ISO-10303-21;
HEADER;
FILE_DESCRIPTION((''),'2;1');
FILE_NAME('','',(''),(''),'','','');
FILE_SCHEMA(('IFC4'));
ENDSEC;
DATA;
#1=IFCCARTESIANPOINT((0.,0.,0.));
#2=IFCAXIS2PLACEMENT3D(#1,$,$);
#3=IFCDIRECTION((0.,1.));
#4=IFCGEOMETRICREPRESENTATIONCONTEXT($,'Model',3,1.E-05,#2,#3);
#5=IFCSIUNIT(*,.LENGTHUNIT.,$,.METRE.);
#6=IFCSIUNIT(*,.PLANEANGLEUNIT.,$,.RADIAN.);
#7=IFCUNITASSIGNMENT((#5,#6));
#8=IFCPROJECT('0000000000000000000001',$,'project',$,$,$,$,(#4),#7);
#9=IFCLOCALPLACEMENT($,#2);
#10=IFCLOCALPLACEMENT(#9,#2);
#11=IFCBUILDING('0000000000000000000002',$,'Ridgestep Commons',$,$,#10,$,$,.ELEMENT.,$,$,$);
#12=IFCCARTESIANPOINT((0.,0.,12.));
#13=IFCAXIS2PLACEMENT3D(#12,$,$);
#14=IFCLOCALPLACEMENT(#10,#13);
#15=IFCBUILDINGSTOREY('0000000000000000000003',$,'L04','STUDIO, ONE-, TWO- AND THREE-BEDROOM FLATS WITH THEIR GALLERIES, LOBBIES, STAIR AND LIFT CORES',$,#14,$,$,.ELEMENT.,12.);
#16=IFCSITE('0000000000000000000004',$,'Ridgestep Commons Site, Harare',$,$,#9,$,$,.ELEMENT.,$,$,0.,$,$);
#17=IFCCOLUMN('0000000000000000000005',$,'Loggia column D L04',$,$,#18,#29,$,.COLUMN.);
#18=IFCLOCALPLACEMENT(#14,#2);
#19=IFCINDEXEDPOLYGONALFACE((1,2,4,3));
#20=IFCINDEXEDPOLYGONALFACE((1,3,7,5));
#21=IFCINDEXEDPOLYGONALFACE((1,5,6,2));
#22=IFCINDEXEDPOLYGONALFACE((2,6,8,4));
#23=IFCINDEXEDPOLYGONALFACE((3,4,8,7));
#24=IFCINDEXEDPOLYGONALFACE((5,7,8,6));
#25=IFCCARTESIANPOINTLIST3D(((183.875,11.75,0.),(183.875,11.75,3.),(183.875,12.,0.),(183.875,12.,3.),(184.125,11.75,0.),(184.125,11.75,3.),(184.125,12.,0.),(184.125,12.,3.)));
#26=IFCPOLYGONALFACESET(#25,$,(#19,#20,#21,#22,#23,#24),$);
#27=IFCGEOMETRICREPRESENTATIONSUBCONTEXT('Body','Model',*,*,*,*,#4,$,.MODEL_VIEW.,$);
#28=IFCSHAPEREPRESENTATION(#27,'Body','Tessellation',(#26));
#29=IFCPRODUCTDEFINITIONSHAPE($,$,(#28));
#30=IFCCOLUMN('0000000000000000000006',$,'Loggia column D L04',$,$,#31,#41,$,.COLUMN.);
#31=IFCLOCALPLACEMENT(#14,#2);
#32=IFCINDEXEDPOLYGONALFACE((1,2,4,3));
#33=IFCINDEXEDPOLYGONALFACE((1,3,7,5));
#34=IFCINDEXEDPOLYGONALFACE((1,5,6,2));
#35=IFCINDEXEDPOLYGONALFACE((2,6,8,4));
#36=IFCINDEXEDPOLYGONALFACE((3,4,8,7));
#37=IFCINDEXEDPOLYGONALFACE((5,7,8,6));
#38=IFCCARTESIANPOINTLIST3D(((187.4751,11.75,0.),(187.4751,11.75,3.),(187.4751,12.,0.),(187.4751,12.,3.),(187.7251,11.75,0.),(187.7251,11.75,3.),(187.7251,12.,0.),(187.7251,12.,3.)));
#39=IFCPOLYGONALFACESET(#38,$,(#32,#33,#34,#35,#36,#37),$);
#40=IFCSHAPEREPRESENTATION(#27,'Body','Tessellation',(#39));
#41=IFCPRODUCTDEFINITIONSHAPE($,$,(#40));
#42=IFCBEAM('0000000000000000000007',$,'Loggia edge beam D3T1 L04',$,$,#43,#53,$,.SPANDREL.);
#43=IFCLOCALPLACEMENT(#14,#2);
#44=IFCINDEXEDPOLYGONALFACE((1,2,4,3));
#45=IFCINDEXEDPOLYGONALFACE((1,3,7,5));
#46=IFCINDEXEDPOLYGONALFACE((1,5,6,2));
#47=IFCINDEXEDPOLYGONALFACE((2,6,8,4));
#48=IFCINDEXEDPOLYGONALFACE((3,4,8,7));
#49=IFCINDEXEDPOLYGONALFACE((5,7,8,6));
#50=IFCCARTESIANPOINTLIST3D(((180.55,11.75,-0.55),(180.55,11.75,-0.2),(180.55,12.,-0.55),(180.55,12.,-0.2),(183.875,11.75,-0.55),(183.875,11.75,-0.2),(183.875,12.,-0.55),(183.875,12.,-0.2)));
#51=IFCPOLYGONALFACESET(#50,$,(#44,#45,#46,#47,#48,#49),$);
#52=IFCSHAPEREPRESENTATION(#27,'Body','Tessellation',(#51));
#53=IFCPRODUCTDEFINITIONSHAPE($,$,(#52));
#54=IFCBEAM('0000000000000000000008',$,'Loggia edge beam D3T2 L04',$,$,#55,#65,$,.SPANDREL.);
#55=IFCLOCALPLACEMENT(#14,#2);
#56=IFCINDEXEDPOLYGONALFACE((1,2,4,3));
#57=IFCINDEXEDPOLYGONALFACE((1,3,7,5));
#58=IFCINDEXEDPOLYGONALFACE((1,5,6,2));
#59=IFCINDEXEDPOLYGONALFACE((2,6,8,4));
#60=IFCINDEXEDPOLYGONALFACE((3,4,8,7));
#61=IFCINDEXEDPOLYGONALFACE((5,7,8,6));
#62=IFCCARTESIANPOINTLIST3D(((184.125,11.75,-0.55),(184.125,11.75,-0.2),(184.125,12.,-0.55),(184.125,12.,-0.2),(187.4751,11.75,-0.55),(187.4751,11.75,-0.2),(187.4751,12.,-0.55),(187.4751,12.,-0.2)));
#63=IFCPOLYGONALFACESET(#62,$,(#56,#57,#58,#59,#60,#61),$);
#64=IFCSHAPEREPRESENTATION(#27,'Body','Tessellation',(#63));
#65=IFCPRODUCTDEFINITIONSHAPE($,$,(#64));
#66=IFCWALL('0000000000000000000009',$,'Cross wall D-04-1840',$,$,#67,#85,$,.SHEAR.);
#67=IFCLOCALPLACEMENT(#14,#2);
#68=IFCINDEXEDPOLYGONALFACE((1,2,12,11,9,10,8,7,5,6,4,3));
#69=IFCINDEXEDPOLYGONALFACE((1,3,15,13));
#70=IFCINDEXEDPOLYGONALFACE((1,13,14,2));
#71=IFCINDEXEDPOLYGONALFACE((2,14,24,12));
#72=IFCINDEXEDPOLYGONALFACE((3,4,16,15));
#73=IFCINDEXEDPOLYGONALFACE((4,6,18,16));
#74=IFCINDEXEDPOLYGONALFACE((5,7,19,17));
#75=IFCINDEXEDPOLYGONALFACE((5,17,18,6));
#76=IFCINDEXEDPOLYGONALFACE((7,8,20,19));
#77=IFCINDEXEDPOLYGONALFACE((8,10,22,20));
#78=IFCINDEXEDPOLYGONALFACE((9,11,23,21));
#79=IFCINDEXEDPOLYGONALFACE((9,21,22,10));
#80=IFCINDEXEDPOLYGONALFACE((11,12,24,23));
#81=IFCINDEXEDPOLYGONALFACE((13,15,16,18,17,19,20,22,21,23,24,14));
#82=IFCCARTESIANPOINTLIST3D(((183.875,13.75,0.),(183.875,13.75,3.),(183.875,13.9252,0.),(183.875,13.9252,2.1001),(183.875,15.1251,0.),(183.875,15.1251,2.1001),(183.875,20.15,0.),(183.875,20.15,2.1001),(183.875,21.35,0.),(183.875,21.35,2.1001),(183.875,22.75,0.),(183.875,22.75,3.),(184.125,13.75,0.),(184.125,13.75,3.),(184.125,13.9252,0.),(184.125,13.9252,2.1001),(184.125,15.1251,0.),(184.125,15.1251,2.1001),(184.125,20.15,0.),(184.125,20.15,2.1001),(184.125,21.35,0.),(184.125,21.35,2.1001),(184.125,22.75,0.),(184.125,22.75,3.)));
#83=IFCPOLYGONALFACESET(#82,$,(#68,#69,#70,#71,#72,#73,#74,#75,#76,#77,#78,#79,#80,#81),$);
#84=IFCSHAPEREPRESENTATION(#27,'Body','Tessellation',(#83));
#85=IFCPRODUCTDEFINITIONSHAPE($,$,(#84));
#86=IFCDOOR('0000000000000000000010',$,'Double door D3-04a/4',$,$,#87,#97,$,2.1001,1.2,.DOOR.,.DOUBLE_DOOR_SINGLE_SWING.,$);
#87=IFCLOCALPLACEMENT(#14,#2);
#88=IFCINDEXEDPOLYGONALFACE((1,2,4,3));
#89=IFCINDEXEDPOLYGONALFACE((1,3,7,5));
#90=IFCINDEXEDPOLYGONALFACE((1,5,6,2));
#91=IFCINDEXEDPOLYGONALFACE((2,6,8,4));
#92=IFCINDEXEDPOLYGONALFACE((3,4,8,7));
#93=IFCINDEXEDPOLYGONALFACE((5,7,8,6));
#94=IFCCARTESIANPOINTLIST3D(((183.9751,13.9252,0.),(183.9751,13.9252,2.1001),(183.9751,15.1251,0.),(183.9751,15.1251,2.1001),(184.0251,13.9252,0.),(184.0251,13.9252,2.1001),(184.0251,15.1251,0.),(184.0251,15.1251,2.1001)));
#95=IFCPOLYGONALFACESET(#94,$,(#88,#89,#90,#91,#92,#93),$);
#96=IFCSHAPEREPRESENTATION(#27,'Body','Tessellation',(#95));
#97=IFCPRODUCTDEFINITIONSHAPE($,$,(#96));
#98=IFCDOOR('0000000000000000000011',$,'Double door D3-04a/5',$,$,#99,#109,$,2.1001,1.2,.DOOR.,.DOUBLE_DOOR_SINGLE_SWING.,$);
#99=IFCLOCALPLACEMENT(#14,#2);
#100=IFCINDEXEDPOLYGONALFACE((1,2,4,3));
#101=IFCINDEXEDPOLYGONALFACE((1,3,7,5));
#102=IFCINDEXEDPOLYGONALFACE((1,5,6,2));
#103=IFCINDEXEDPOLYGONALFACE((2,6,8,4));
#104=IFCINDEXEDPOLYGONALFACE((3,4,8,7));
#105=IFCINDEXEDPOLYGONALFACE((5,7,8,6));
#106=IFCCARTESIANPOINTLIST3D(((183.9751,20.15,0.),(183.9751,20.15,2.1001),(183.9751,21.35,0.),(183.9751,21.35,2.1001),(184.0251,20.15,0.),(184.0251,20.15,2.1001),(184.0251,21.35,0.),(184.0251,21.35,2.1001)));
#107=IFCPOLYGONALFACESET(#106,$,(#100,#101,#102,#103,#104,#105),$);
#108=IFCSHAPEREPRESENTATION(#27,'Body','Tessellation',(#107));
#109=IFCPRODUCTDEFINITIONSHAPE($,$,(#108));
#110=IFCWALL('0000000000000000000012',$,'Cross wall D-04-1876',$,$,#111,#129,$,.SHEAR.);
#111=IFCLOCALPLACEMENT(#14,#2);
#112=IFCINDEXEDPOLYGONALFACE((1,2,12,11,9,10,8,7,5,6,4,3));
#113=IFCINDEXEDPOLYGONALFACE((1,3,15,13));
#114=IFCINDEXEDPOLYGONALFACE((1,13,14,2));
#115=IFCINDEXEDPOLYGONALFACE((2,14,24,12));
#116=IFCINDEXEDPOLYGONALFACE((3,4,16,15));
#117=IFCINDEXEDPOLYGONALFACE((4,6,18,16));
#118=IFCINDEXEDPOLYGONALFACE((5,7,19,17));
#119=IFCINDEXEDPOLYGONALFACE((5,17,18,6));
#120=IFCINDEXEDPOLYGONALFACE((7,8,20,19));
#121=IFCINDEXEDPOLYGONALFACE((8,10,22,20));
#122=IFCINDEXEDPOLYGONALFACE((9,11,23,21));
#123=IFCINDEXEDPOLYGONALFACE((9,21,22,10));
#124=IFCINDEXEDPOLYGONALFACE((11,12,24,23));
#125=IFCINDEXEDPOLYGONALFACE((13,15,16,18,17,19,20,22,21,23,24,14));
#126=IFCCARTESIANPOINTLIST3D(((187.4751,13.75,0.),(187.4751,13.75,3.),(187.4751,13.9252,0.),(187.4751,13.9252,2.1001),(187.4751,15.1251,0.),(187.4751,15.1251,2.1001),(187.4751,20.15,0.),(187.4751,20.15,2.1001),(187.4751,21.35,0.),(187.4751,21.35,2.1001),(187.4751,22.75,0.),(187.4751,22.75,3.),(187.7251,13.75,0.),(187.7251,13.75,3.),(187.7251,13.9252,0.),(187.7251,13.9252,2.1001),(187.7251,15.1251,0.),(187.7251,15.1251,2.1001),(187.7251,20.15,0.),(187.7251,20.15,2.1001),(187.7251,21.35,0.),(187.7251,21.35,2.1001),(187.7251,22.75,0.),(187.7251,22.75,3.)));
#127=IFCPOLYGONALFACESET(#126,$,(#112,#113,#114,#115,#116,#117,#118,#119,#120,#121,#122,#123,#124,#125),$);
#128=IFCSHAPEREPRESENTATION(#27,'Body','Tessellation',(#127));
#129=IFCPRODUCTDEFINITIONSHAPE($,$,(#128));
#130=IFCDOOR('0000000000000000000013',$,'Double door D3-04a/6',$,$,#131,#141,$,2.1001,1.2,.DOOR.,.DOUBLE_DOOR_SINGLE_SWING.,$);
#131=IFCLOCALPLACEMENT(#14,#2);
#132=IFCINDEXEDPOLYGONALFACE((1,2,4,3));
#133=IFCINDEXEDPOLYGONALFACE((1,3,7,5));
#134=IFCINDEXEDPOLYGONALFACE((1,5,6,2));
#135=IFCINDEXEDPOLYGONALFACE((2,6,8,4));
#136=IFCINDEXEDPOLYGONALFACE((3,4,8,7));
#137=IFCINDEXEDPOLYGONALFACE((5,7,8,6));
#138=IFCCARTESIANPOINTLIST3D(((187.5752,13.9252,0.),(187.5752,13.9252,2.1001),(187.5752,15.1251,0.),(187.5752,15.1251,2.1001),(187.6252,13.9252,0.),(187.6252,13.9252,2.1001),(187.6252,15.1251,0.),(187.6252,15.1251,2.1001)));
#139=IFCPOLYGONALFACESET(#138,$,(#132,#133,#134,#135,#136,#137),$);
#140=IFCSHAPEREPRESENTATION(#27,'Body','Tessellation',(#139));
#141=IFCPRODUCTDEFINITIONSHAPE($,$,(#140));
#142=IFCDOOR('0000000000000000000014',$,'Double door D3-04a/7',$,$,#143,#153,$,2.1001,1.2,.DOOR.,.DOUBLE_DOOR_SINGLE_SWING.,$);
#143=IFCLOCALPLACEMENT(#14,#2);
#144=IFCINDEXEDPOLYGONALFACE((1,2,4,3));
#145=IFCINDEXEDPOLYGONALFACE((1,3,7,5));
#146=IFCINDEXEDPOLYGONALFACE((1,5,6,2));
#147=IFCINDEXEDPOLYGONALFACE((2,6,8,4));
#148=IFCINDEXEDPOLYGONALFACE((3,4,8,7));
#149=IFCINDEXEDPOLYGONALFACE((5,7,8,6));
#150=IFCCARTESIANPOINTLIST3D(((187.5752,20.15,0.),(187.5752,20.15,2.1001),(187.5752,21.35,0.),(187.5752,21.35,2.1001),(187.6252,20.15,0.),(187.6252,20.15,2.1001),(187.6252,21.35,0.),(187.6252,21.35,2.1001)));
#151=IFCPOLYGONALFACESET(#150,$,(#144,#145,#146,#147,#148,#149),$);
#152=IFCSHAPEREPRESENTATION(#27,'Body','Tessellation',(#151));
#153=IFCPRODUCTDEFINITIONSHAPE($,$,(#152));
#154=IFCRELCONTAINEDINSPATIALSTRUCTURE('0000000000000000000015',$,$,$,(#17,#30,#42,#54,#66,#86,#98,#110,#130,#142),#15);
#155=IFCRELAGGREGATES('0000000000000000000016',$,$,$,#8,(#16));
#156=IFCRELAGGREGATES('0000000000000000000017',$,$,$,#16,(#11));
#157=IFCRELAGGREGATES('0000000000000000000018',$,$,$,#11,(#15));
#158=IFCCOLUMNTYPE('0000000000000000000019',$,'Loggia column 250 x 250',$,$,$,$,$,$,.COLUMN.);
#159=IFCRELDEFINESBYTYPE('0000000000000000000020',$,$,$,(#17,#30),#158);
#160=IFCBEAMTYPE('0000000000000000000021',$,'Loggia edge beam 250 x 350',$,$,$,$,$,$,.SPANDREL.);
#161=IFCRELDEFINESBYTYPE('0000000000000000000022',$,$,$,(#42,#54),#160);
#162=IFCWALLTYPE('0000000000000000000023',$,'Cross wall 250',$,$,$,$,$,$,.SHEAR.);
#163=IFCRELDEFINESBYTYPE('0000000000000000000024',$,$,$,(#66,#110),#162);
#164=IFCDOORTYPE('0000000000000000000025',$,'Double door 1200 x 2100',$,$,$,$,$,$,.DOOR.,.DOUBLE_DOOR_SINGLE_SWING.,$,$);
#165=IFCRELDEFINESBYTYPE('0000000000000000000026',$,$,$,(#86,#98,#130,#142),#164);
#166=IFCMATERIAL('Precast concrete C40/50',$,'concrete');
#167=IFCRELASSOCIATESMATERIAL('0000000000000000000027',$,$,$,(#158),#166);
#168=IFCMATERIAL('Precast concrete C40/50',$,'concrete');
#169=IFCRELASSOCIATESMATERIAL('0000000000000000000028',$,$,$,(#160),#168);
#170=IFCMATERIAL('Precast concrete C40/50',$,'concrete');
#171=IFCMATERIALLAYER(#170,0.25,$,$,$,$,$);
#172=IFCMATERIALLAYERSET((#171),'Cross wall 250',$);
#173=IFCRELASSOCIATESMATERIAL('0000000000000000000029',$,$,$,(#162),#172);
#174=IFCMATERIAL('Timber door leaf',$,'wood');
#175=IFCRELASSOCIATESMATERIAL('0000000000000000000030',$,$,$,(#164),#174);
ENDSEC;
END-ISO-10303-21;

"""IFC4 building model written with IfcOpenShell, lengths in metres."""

from ifc_helpers import new_model, si_unit, direction, frame, frame_2d, origin, origin_2d, place, context, subcontext, project, spatial, rectangle, extrude, material, layer, layer_set, material_profile, profile_set, type_object, element, fill, save


model = new_model("IFC4")

# Units and contexts
model_context = context("Model", 3, precision=1e-05, world=origin(), true_north=direction((0.0, 1.0)))
body_context = subcontext(model_context, "Body", "Model", "MODEL_VIEW")
ifc_project = project(units=[si_unit("LENGTHUNIT", "METRE"), si_unit("PLANEANGLEUNIT", "RADIAN")], contexts=[model_context])

# Site, building, storey
site_placement = place(None, origin())
site = spatial("IfcSite", under=ifc_project, at=site_placement, Name="Ridgestep Commons Site, Harare", CompositionType="ELEMENT", RefElevation=0.0)
building_placement = place(site_placement, origin())
building = spatial("IfcBuilding", under=site, at=building_placement, Name="Ridgestep Commons", CompositionType="ELEMENT")
storey_placement = place(building_placement, frame((0.0, 0.0, 12.0)))
storey = spatial("IfcBuildingStorey", under=building, at=storey_placement, Name="L04", Description="STUDIO, ONE-, TWO- AND THREE-BEDROOM FLATS WITH THEIR GALLERIES, LOBBIES, STAIR AND LIFT CORES", CompositionType="ELEMENT", Elevation=12.0)

# Columns
ifc_material_1 = material(Name="Precast concrete C40/50", Category="concrete")
ifc_material_profile_1 = material_profile(ifc_material_1, rectangle(XDim=0.25, YDim=0.25, at=origin_2d()), Name="PC 250x250")
ifc_profile_set_1 = profile_set([ifc_material_profile_1], Name="Precast concrete C40/50")
column_type = type_object("IfcColumnType", Name="Loggia column 250 x 250", PredefinedType="COLUMN", material=ifc_profile_set_1)
for number, where, z_axis, x_axis, name in (
    (1, (184.0, 11.875, 0.0), (0.0, 0.0, 1.0), (1.0, 0.0, 0.0), "Loggia column D L04"),
    (2, (187.6001, 11.875, 0.0), (0.0, 0.0, 1.0), (1.0, 0.0, 0.0), "Loggia column D L04"),
):
    element("IfcColumn", number, at=place(storey_placement, frame(where, z_axis=z_axis, x_axis=x_axis)), inside=storey, type_object=column_type, Name=name, PredefinedType="COLUMN", context=body_context, shape_type="SweptSolid", body=[
        extrude(rectangle(XDim=0.25, YDim=0.25, at=origin_2d()), origin(), (0.0, 0.0, 1.0), 3.0),
    ])

# Beams
ifc_material_2 = material(Name="Precast concrete C40/50", Category="concrete")
ifc_material_profile_2 = material_profile(ifc_material_2, rectangle(XDim=0.25, YDim=0.3501, at=origin_2d()), Name="PC 250x350")
ifc_profile_set_2 = profile_set([ifc_material_profile_2], Name="Precast concrete C40/50")
beam_type = type_object("IfcBeamType", Name="Loggia edge beam 250 x 350", PredefinedType="SPANDREL", material=ifc_profile_set_2)
beam_1_placement = place(storey_placement, frame((180.55, 11.875, -0.375), z_axis=(1.0, 0.0, 0.0), x_axis=(0.0, 1.0, 0.0)))
element("IfcBeam", 3, at=beam_1_placement, inside=storey, type_object=beam_type, Name="Loggia edge beam D3T1 L04", PredefinedType="SPANDREL", context=body_context, shape_type="SweptSolid", body=[
    extrude(rectangle(XDim=0.25, YDim=0.3501, at=origin_2d()), origin(), (0.0, 0.0, 1.0), 3.325),
])
beam_2_placement = place(storey_placement, frame((184.125, 11.875, -0.375), z_axis=(1.0, 0.0, 0.0), x_axis=(0.0, 1.0, 0.0)))
element("IfcBeam", 4, at=beam_2_placement, inside=storey, type_object=beam_type, Name="Loggia edge beam D3T2 L04", PredefinedType="SPANDREL", context=body_context, shape_type="SweptSolid", body=[
    extrude(rectangle(XDim=0.25, YDim=0.3501, at=origin_2d()), origin(), (0.0, 0.0, 1.0), 3.3501),
])

# Walls, openings, doors
ifc_material_3 = material(Name="Precast concrete C40/50", Category="concrete")
ifc_layer_1 = layer(ifc_material_3, 0.25)
ifc_layer_set_1 = layer_set([ifc_layer_1], Name="Cross wall 250")
wall_type_1 = type_object("IfcWallType", Name="Cross wall 250", PredefinedType="SHEAR", material=ifc_layer_set_1)
wall_1_placement = place(storey_placement, frame((184.0, 13.75, 0.0), z_axis=(0.0, 0.0, 1.0), x_axis=(0.0, 1.0, 0.0)))
wall_1 = element("IfcWall", 5, at=wall_1_placement, inside=storey, type_object=wall_type_1, Name="Cross wall D-04-1840", PredefinedType="SHEAR", context=body_context, shape_type="SweptSolid", body=[
    extrude(rectangle(XDim=9.0, YDim=0.25, at=frame_2d((4.5, 0.0))), origin(), (0.0, 0.0, 1.0), 3.0),
])
opening_1_placement = place(wall_1_placement, frame((0.175, 0.0, 0.0)))
opening_1 = element("IfcOpeningElement", 6, at=opening_1_placement, cuts=wall_1, PredefinedType="OPENING", context=body_context, shape_type="SweptSolid", body=[
    extrude(rectangle(XDim=1.2, YDim=2.1001, at=frame_2d((0.6001, 1.05))), frame((0.0, 0.135, 0.0), z_axis=(0.0, -1.0, 0.0), x_axis=(1.0, 0.0, 0.0)), (0.0, 0.0, 1.0), 0.27),
])
opening_2_placement = place(wall_1_placement, frame((6.3999, 0.0, 0.0)))
opening_2 = element("IfcOpeningElement", 7, at=opening_2_placement, cuts=wall_1, PredefinedType="OPENING", context=body_context, shape_type="SweptSolid", body=[
    extrude(rectangle(XDim=1.2, YDim=2.1001, at=frame_2d((0.6001, 1.05))), frame((0.0, 0.135, 0.0), z_axis=(0.0, -1.0, 0.0), x_axis=(1.0, 0.0, 0.0)), (0.0, 0.0, 1.0), 0.27),
])
ifc_material_4 = material(Name="Timber door leaf", Category="wood")
door_type_1 = type_object("IfcDoorType", Name="Double door 1200 x 2100", OperationType="DOUBLE_DOOR_SINGLE_SWING", PredefinedType="DOOR", material=ifc_material_4)
door_1_placement = place(opening_1_placement, origin())
door_1 = element("IfcDoor", 8, at=door_1_placement, inside=storey, type_object=door_type_1, Name="Double door D3-04a/4", OperationType="DOUBLE_DOOR_SINGLE_SWING", OverallHeight=2.1001, OverallWidth=1.2, PredefinedType="DOOR", context=body_context, shape_type="SweptSolid", body=[
    extrude(rectangle(XDim=1.2, YDim=2.1001, at=frame_2d((0.6001, 1.05))), frame((0.0, 0.0249, 0.0), z_axis=(0.0, -1.0, 0.0), x_axis=(1.0, 0.0, 0.0)), (0.0, 0.0, 1.0), 0.05),
])
fill(opening_1, door_1)
door_2_placement = place(opening_2_placement, origin())
door_2 = element("IfcDoor", 9, at=door_2_placement, inside=storey, type_object=door_type_1, Name="Double door D3-04a/5", OperationType="DOUBLE_DOOR_SINGLE_SWING", OverallHeight=2.1001, OverallWidth=1.2, PredefinedType="DOOR", context=body_context, shape_type="SweptSolid", body=[
    extrude(rectangle(XDim=1.2, YDim=2.1001, at=frame_2d((0.6001, 1.05))), frame((0.0, 0.0249, 0.0), z_axis=(0.0, -1.0, 0.0), x_axis=(1.0, 0.0, 0.0)), (0.0, 0.0, 1.0), 0.05),
])
fill(opening_2, door_2)
wall_2_placement = place(storey_placement, frame((187.6001, 13.75, 0.0), z_axis=(0.0, 0.0, 1.0), x_axis=(0.0, 1.0, 0.0)))
wall_2 = element("IfcWall", 10, at=wall_2_placement, inside=storey, type_object=wall_type_1, Name="Cross wall D-04-1876", PredefinedType="SHEAR", context=body_context, shape_type="SweptSolid", body=[
    extrude(rectangle(XDim=9.0, YDim=0.25, at=frame_2d((4.5, 0.0))), origin(), (0.0, 0.0, 1.0), 3.0),
])
opening_3_placement = place(wall_2_placement, frame((0.175, 0.0, 0.0)))
opening_3 = element("IfcOpeningElement", 11, at=opening_3_placement, cuts=wall_2, PredefinedType="OPENING", context=body_context, shape_type="SweptSolid", body=[
    extrude(rectangle(XDim=1.2, YDim=2.1001, at=frame_2d((0.6001, 1.05))), frame((0.0, 0.135, 0.0), z_axis=(0.0, -1.0, 0.0), x_axis=(1.0, 0.0, 0.0)), (0.0, 0.0, 1.0), 0.27),
])
opening_4_placement = place(wall_2_placement, frame((6.3999, 0.0, 0.0)))
opening_4 = element("IfcOpeningElement", 12, at=opening_4_placement, cuts=wall_2, PredefinedType="OPENING", context=body_context, shape_type="SweptSolid", body=[
    extrude(rectangle(XDim=1.2, YDim=2.1001, at=frame_2d((0.6001, 1.05))), frame((0.0, 0.135, 0.0), z_axis=(0.0, -1.0, 0.0), x_axis=(1.0, 0.0, 0.0)), (0.0, 0.0, 1.0), 0.27),
])
door_3_placement = place(opening_3_placement, origin())
door_3 = element("IfcDoor", 13, at=door_3_placement, inside=storey, type_object=door_type_1, Name="Double door D3-04a/6", OperationType="DOUBLE_DOOR_SINGLE_SWING", OverallHeight=2.1001, OverallWidth=1.2, PredefinedType="DOOR", context=body_context, shape_type="SweptSolid", body=[
    extrude(rectangle(XDim=1.2, YDim=2.1001, at=frame_2d((0.6001, 1.05))), frame((0.0, 0.0249, 0.0), z_axis=(0.0, -1.0, 0.0), x_axis=(1.0, 0.0, 0.0)), (0.0, 0.0, 1.0), 0.05),
])
fill(opening_3, door_3)
door_4_placement = place(opening_4_placement, origin())
door_4 = element("IfcDoor", 14, at=door_4_placement, inside=storey, type_object=door_type_1, Name="Double door D3-04a/7", OperationType="DOUBLE_DOOR_SINGLE_SWING", OverallHeight=2.1001, OverallWidth=1.2, PredefinedType="DOOR", context=body_context, shape_type="SweptSolid", body=[
    extrude(rectangle(XDim=1.2, YDim=2.1001, at=frame_2d((0.6001, 1.05))), frame((0.0, 0.0249, 0.0), z_axis=(0.0, -1.0, 0.0), x_axis=(1.0, 0.0, 0.0)), (0.0, 0.0, 1.0), 0.05),
])
fill(opening_4, door_4)

save(model, "model.ifc")
